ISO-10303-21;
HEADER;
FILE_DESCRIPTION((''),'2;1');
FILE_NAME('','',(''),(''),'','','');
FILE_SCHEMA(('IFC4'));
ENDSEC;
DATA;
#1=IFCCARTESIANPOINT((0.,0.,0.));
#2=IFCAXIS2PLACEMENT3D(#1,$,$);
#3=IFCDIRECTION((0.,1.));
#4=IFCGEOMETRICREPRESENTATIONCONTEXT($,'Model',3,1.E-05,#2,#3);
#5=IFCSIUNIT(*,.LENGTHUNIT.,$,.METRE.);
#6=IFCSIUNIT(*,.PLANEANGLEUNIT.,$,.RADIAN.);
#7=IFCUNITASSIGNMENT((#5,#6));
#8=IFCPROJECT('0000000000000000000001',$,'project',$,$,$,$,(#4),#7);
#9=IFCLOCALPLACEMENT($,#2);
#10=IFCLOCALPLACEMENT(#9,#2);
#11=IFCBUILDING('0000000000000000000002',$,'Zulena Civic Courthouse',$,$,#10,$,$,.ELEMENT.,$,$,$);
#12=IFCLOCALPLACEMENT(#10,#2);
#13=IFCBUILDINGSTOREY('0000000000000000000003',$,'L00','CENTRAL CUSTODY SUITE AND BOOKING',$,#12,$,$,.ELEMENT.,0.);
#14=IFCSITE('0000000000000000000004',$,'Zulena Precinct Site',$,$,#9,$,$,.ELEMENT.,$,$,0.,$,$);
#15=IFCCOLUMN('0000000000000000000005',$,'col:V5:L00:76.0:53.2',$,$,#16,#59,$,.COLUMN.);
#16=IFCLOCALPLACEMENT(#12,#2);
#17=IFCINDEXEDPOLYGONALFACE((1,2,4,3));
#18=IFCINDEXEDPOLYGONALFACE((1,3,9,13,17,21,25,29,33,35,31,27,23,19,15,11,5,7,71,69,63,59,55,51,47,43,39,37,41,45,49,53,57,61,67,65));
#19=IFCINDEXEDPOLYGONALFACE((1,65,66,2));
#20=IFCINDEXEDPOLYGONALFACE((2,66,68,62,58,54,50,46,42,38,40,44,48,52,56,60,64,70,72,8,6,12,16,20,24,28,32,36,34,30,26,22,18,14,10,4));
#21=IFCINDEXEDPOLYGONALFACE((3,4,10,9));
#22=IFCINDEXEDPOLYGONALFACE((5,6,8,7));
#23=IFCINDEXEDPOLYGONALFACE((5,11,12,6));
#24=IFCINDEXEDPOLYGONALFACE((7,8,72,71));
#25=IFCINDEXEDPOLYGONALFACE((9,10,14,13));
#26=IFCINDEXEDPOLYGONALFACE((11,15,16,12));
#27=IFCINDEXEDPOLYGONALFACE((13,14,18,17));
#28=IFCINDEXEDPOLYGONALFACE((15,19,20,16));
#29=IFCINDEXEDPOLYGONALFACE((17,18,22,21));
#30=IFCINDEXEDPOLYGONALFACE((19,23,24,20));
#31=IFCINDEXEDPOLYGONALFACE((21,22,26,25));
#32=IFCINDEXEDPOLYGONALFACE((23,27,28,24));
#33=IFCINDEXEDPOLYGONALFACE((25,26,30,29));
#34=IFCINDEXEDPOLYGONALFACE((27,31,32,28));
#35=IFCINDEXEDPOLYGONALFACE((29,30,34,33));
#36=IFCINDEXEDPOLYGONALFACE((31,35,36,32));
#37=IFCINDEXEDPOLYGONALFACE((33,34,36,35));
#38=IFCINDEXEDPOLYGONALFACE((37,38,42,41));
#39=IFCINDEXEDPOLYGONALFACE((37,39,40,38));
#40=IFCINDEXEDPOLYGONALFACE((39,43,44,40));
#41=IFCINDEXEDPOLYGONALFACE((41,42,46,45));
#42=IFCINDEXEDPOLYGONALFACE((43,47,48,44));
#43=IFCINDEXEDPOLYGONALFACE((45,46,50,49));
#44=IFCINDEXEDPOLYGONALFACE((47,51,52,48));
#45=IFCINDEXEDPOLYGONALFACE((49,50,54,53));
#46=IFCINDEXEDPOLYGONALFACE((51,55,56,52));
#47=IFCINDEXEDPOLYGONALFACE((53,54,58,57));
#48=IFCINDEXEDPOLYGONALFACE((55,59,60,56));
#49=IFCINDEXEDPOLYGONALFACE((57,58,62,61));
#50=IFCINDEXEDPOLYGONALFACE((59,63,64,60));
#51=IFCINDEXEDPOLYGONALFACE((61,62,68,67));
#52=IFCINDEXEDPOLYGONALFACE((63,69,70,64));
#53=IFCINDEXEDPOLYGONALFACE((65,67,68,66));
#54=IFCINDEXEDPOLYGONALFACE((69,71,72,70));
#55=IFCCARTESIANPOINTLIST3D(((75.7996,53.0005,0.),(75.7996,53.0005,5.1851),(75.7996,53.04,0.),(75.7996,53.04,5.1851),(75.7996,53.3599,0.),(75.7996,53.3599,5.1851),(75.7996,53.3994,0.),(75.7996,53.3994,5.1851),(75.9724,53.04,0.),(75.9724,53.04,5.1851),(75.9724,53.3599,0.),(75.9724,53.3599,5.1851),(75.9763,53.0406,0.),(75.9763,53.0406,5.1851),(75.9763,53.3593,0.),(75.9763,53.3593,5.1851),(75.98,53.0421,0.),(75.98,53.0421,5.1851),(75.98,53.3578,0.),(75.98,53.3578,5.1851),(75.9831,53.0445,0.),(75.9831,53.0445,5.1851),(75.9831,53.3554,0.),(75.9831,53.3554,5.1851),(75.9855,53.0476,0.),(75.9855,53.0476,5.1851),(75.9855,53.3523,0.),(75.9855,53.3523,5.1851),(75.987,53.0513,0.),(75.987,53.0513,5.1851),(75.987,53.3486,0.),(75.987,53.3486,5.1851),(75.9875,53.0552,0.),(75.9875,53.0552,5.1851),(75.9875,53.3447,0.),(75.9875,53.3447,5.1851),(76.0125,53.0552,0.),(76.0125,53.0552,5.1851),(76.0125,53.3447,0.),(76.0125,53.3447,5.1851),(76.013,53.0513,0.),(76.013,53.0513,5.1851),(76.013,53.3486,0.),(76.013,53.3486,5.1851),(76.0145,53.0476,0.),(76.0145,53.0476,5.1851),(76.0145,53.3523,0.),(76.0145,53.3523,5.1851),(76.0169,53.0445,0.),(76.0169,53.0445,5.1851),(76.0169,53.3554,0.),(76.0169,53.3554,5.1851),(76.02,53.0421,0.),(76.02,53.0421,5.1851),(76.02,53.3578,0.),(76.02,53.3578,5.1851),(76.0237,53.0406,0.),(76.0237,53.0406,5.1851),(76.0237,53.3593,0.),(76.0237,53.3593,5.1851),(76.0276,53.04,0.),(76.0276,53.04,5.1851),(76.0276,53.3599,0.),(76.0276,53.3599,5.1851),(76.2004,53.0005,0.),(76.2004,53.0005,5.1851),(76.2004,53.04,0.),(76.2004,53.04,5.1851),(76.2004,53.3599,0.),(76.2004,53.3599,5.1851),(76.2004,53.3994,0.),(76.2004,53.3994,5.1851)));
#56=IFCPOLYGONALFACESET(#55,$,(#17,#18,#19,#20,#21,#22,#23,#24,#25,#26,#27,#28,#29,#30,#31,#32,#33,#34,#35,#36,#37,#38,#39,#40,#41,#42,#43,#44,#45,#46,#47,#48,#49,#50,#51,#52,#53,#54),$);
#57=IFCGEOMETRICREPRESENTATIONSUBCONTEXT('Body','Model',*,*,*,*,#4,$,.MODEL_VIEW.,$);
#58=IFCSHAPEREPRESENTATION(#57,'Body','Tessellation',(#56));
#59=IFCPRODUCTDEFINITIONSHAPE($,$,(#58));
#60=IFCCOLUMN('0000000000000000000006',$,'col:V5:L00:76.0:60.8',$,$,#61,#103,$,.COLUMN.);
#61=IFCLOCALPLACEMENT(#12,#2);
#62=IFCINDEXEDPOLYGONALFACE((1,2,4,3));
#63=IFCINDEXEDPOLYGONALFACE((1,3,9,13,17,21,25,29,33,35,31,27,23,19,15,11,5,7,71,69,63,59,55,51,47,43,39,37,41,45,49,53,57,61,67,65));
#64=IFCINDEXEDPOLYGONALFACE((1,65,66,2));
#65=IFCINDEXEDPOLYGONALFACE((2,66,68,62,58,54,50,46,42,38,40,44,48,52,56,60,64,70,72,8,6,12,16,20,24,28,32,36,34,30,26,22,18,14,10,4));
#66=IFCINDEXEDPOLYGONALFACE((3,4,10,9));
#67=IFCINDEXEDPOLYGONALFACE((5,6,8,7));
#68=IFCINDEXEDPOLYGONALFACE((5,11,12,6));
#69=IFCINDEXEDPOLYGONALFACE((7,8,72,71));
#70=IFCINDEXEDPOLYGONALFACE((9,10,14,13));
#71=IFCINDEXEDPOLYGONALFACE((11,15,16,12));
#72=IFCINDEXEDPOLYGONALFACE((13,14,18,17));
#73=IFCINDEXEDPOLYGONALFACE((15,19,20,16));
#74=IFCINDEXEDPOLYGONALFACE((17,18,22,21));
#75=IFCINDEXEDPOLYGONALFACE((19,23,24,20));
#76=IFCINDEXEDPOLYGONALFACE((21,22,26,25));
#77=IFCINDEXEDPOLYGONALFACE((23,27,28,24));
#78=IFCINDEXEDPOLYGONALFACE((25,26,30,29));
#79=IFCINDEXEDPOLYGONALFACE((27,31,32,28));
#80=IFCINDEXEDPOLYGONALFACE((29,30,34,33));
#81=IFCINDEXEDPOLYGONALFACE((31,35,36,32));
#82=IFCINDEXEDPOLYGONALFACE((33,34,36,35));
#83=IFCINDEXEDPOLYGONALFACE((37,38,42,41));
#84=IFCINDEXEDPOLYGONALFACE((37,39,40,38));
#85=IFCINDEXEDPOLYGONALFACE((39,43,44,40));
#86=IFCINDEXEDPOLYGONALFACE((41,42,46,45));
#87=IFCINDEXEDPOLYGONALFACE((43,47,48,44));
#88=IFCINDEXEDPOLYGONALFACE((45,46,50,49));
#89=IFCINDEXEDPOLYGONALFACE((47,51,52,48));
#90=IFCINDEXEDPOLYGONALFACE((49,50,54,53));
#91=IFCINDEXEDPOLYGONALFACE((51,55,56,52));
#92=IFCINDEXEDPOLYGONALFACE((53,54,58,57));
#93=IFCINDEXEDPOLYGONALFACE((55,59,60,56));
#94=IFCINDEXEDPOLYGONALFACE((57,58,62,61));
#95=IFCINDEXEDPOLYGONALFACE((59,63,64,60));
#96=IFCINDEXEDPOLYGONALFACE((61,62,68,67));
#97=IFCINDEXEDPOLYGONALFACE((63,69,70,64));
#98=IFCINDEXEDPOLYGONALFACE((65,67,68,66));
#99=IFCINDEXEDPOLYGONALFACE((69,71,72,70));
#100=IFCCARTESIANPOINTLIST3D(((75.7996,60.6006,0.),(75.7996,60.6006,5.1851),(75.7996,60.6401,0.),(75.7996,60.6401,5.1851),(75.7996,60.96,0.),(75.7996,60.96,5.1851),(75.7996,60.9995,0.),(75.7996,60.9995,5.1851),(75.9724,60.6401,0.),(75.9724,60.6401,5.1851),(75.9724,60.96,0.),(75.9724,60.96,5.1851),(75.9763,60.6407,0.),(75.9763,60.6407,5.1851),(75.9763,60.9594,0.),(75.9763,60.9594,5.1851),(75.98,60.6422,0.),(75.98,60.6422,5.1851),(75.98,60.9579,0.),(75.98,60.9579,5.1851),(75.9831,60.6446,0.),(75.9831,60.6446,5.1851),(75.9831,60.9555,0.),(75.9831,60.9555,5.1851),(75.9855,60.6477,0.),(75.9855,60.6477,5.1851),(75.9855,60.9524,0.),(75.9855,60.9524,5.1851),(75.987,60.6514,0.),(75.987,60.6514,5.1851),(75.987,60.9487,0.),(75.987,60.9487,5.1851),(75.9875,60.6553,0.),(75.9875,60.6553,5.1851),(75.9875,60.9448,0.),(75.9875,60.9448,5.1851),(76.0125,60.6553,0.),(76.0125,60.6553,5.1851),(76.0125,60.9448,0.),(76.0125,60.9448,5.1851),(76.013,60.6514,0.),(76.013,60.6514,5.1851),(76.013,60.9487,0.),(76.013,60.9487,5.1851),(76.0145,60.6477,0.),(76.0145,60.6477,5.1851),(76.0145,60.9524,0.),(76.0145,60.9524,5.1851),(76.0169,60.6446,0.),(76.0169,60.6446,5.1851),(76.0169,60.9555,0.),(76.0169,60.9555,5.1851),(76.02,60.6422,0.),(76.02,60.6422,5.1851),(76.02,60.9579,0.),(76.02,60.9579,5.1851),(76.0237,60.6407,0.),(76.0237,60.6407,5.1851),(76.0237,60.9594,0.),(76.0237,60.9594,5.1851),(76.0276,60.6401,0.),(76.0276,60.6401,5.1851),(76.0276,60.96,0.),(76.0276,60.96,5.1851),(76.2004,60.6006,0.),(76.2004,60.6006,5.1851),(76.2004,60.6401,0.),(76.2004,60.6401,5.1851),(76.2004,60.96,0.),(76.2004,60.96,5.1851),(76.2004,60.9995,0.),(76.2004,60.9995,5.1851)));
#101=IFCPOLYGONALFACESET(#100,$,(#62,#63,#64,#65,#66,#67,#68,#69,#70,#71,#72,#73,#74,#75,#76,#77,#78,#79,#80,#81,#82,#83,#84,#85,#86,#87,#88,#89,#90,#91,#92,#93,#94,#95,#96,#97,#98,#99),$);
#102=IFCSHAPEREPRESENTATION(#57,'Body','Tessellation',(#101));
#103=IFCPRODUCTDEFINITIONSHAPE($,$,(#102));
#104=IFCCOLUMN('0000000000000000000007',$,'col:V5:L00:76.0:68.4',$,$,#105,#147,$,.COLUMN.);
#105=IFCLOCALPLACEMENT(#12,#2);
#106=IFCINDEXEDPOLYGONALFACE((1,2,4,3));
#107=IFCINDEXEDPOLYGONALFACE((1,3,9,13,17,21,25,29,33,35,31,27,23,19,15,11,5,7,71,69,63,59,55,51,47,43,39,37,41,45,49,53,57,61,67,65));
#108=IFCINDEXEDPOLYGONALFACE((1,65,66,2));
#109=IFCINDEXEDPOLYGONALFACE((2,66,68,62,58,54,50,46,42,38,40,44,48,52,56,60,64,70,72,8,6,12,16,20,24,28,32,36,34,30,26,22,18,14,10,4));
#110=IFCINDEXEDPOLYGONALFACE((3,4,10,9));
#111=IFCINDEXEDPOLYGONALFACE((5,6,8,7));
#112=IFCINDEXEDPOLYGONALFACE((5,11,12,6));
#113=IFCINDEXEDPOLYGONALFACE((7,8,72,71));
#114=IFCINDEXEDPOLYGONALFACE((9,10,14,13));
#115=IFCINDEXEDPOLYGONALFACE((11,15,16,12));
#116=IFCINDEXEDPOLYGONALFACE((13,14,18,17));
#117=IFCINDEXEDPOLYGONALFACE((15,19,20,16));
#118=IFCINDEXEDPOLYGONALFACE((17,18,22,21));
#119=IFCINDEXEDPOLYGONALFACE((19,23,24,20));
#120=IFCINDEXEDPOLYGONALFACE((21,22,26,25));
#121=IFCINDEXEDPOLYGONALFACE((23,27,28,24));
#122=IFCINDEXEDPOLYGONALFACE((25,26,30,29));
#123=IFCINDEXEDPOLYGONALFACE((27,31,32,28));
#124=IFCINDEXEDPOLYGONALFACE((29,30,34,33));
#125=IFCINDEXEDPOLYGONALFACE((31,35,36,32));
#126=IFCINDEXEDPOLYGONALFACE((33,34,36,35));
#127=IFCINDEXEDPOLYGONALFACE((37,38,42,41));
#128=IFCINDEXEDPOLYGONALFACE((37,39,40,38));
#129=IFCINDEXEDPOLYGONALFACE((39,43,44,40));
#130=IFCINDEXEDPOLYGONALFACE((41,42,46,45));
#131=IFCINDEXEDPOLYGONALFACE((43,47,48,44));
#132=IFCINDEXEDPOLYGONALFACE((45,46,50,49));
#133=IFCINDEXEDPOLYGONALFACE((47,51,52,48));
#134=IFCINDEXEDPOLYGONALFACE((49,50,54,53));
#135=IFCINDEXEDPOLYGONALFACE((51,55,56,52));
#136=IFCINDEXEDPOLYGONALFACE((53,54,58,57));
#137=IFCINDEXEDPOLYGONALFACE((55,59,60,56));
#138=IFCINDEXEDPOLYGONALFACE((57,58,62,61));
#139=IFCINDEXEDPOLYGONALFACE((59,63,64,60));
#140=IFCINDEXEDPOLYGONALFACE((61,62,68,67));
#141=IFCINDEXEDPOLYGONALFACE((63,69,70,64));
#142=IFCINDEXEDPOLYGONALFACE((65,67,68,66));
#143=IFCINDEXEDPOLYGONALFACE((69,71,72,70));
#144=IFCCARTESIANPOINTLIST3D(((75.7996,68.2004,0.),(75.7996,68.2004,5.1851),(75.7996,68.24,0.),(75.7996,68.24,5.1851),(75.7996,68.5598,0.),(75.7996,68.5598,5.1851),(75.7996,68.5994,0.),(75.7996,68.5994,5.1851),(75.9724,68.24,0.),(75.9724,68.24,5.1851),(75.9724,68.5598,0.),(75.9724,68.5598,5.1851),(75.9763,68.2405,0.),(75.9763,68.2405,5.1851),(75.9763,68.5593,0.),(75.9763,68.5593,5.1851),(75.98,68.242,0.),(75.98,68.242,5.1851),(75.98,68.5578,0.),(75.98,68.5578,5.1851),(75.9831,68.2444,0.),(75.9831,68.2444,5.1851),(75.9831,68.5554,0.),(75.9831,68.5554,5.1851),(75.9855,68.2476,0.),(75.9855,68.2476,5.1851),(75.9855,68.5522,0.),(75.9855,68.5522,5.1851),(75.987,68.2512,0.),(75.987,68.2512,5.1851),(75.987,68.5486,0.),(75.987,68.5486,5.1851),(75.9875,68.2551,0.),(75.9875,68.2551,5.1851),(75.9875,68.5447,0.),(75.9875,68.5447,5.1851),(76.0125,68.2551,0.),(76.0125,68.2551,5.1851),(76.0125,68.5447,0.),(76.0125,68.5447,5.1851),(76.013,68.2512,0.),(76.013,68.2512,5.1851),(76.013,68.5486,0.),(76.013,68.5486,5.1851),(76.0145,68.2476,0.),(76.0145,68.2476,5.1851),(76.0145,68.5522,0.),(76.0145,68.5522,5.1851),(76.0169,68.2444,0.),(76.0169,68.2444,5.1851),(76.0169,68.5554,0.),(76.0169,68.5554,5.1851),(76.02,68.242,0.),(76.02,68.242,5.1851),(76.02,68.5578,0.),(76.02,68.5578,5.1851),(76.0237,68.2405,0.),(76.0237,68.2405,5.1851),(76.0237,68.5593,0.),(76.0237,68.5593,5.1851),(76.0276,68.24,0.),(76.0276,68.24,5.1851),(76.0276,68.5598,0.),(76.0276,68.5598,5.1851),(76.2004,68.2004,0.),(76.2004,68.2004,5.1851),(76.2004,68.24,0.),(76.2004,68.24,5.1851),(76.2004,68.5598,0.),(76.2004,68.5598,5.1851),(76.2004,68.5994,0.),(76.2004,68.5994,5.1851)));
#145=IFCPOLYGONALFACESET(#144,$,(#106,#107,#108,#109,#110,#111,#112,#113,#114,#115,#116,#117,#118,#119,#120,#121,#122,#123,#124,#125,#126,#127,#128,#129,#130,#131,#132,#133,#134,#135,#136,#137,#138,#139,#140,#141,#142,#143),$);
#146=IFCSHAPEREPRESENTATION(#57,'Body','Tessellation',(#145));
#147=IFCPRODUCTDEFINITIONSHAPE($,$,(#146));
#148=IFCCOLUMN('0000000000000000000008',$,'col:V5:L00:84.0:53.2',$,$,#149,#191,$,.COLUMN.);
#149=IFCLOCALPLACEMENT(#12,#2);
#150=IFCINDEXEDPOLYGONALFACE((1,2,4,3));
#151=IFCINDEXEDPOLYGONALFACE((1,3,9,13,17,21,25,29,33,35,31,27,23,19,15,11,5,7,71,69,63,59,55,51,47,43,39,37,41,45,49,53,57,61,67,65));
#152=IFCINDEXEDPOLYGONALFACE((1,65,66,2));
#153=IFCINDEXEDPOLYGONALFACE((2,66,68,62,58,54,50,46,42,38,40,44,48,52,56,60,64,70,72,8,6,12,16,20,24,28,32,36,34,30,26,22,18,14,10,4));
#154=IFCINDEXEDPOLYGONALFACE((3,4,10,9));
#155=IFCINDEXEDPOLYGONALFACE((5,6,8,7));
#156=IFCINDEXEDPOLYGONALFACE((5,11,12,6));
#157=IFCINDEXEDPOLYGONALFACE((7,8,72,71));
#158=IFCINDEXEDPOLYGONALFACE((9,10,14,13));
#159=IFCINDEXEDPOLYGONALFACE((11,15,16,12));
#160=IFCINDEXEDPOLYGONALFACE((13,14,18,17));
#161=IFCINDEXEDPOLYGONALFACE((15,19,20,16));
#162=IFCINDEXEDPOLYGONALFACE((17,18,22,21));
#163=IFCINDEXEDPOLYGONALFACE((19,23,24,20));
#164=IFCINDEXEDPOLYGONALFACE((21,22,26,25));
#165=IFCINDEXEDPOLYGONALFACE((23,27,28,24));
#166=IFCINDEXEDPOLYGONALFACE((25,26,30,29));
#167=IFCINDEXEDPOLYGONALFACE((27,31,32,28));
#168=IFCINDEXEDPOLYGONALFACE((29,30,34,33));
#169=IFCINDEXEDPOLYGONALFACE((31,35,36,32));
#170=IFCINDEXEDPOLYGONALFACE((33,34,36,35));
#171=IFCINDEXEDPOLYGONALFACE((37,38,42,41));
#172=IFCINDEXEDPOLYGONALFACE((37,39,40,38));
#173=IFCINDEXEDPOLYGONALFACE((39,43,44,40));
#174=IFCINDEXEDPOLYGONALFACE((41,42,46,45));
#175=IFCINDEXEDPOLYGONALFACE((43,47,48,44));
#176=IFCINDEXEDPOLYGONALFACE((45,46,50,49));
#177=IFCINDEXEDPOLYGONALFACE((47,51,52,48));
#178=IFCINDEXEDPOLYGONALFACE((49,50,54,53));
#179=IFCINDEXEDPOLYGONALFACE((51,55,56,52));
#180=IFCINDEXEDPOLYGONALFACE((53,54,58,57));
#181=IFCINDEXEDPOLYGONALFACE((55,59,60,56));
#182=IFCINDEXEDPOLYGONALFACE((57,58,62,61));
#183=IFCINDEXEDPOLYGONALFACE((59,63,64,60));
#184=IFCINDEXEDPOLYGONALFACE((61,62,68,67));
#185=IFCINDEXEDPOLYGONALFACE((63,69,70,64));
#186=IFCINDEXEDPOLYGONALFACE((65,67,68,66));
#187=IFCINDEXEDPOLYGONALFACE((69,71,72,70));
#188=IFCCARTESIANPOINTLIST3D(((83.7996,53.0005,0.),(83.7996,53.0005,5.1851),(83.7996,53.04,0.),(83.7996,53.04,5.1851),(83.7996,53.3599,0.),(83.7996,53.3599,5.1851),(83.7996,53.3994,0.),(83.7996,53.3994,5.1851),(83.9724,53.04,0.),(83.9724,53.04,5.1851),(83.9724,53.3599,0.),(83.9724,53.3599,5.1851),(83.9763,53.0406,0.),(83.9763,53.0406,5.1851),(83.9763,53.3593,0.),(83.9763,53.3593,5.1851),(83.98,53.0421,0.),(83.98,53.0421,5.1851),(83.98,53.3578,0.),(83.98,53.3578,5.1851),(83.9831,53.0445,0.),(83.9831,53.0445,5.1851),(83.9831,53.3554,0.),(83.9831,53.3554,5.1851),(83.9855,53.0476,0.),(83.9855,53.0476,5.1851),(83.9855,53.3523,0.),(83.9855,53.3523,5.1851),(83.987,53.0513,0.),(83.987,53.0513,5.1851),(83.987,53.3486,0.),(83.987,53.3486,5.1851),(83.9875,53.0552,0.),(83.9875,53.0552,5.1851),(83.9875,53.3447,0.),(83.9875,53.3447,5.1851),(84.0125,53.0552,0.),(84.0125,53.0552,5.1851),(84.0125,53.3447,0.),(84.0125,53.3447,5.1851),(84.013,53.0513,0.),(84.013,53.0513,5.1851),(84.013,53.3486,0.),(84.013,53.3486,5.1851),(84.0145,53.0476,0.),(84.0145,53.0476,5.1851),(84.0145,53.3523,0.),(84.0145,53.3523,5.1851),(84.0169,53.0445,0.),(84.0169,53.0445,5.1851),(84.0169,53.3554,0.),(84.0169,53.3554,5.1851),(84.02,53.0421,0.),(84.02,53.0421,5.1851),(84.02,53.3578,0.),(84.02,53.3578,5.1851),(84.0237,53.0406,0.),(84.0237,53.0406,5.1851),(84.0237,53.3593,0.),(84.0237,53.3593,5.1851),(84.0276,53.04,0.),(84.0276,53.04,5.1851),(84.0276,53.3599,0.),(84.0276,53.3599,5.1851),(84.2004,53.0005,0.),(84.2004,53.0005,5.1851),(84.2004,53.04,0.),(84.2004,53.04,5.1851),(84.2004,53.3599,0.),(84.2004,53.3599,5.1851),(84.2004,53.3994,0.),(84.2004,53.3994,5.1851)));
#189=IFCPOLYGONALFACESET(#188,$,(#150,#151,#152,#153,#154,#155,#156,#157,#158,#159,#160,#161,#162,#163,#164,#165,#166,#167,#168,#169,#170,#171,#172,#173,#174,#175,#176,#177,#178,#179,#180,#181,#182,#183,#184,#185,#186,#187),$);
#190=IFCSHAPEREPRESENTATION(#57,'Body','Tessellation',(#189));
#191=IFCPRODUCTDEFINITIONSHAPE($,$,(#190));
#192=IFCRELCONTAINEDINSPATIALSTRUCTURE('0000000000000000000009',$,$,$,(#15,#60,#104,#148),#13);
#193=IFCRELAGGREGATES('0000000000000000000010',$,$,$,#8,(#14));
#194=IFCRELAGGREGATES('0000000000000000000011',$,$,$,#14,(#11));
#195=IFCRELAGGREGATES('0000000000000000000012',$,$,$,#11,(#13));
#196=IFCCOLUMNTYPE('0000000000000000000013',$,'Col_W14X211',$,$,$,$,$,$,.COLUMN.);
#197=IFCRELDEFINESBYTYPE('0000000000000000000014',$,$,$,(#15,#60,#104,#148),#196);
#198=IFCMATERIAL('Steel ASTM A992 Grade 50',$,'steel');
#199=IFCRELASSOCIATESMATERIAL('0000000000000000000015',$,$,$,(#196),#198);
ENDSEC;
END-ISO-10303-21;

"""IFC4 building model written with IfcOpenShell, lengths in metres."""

from ifc_helpers import new_model, si_unit, direction, frame, origin, origin_2d, place, context, subcontext, project, spatial, i_section, extrude, material, material_profile, profile_set, type_object, element, save


model = new_model("IFC4")

# Units and contexts
model_context = context("Model", 3, precision=1e-05, world=origin(), true_north=direction((0.0, 1.0)))
body_context = subcontext(model_context, "Body", "Model", "MODEL_VIEW")
ifc_project = project(units=[si_unit("LENGTHUNIT", "METRE"), si_unit("PLANEANGLEUNIT", "RADIAN")], contexts=[model_context])

# Site, building, storey
site_placement = place(None, origin())
site = spatial("IfcSite", under=ifc_project, at=site_placement, Name="Zulena Precinct Site", CompositionType="ELEMENT", RefElevation=0.0)
building_placement = place(site_placement, origin())
building = spatial("IfcBuilding", under=site, at=building_placement, Name="Zulena Civic Courthouse", CompositionType="ELEMENT")
storey_placement = place(building_placement, origin())
storey = spatial("IfcBuildingStorey", under=building, at=storey_placement, Name="L00", Description="CENTRAL CUSTODY SUITE AND BOOKING", CompositionType="ELEMENT", Elevation=0.0)

# Columns
ifc_material_1 = material(Name="Steel ASTM A992 Grade 50", Category="steel")
ifc_material_profile_1 = material_profile(ifc_material_1, i_section(OverallWidth=0.4009, OverallDepth=0.3989, WebThickness=0.0249, FlangeThickness=0.0396, FilletRadius=0.0151, at=origin_2d()), Name="W14X211")
ifc_profile_set_1 = profile_set([ifc_material_profile_1], Name="Steel ASTM A992 Grade 50")
column_type = type_object("IfcColumnType", Name="Col_W14X211", PredefinedType="COLUMN", material=ifc_profile_set_1)
for number, where, z_axis, x_axis, name in (
    (1, (76.0, 53.2, 0.0), (0.0, 0.0, 1.0), (1.0, 0.0, 0.0), "col:V5:L00:76.0:53.2"),
    (2, (76.0, 60.8, 0.0), (0.0, 0.0, 1.0), (1.0, 0.0, 0.0), "col:V5:L00:76.0:60.8"),
    (3, (76.0, 68.3999, 0.0), (0.0, 0.0, 1.0), (1.0, 0.0, 0.0), "col:V5:L00:76.0:68.4"),
    (4, (84.0, 53.2, 0.0), (0.0, 0.0, 1.0), (1.0, 0.0, 0.0), "col:V5:L00:84.0:53.2"),
):
    element("IfcColumn", number, at=place(storey_placement, frame(where, z_axis=z_axis, x_axis=x_axis)), inside=storey, type_object=column_type, Name=name, PredefinedType="COLUMN", context=body_context, shape_type="SweptSolid", body=[
        extrude(i_section(OverallWidth=0.4009, OverallDepth=0.3989, WebThickness=0.0249, FlangeThickness=0.0396, FilletRadius=0.0151, at=origin_2d()), origin(), (0.0, 0.0, 1.0), 5.1851),
    ])

save(model, "model.ifc")
